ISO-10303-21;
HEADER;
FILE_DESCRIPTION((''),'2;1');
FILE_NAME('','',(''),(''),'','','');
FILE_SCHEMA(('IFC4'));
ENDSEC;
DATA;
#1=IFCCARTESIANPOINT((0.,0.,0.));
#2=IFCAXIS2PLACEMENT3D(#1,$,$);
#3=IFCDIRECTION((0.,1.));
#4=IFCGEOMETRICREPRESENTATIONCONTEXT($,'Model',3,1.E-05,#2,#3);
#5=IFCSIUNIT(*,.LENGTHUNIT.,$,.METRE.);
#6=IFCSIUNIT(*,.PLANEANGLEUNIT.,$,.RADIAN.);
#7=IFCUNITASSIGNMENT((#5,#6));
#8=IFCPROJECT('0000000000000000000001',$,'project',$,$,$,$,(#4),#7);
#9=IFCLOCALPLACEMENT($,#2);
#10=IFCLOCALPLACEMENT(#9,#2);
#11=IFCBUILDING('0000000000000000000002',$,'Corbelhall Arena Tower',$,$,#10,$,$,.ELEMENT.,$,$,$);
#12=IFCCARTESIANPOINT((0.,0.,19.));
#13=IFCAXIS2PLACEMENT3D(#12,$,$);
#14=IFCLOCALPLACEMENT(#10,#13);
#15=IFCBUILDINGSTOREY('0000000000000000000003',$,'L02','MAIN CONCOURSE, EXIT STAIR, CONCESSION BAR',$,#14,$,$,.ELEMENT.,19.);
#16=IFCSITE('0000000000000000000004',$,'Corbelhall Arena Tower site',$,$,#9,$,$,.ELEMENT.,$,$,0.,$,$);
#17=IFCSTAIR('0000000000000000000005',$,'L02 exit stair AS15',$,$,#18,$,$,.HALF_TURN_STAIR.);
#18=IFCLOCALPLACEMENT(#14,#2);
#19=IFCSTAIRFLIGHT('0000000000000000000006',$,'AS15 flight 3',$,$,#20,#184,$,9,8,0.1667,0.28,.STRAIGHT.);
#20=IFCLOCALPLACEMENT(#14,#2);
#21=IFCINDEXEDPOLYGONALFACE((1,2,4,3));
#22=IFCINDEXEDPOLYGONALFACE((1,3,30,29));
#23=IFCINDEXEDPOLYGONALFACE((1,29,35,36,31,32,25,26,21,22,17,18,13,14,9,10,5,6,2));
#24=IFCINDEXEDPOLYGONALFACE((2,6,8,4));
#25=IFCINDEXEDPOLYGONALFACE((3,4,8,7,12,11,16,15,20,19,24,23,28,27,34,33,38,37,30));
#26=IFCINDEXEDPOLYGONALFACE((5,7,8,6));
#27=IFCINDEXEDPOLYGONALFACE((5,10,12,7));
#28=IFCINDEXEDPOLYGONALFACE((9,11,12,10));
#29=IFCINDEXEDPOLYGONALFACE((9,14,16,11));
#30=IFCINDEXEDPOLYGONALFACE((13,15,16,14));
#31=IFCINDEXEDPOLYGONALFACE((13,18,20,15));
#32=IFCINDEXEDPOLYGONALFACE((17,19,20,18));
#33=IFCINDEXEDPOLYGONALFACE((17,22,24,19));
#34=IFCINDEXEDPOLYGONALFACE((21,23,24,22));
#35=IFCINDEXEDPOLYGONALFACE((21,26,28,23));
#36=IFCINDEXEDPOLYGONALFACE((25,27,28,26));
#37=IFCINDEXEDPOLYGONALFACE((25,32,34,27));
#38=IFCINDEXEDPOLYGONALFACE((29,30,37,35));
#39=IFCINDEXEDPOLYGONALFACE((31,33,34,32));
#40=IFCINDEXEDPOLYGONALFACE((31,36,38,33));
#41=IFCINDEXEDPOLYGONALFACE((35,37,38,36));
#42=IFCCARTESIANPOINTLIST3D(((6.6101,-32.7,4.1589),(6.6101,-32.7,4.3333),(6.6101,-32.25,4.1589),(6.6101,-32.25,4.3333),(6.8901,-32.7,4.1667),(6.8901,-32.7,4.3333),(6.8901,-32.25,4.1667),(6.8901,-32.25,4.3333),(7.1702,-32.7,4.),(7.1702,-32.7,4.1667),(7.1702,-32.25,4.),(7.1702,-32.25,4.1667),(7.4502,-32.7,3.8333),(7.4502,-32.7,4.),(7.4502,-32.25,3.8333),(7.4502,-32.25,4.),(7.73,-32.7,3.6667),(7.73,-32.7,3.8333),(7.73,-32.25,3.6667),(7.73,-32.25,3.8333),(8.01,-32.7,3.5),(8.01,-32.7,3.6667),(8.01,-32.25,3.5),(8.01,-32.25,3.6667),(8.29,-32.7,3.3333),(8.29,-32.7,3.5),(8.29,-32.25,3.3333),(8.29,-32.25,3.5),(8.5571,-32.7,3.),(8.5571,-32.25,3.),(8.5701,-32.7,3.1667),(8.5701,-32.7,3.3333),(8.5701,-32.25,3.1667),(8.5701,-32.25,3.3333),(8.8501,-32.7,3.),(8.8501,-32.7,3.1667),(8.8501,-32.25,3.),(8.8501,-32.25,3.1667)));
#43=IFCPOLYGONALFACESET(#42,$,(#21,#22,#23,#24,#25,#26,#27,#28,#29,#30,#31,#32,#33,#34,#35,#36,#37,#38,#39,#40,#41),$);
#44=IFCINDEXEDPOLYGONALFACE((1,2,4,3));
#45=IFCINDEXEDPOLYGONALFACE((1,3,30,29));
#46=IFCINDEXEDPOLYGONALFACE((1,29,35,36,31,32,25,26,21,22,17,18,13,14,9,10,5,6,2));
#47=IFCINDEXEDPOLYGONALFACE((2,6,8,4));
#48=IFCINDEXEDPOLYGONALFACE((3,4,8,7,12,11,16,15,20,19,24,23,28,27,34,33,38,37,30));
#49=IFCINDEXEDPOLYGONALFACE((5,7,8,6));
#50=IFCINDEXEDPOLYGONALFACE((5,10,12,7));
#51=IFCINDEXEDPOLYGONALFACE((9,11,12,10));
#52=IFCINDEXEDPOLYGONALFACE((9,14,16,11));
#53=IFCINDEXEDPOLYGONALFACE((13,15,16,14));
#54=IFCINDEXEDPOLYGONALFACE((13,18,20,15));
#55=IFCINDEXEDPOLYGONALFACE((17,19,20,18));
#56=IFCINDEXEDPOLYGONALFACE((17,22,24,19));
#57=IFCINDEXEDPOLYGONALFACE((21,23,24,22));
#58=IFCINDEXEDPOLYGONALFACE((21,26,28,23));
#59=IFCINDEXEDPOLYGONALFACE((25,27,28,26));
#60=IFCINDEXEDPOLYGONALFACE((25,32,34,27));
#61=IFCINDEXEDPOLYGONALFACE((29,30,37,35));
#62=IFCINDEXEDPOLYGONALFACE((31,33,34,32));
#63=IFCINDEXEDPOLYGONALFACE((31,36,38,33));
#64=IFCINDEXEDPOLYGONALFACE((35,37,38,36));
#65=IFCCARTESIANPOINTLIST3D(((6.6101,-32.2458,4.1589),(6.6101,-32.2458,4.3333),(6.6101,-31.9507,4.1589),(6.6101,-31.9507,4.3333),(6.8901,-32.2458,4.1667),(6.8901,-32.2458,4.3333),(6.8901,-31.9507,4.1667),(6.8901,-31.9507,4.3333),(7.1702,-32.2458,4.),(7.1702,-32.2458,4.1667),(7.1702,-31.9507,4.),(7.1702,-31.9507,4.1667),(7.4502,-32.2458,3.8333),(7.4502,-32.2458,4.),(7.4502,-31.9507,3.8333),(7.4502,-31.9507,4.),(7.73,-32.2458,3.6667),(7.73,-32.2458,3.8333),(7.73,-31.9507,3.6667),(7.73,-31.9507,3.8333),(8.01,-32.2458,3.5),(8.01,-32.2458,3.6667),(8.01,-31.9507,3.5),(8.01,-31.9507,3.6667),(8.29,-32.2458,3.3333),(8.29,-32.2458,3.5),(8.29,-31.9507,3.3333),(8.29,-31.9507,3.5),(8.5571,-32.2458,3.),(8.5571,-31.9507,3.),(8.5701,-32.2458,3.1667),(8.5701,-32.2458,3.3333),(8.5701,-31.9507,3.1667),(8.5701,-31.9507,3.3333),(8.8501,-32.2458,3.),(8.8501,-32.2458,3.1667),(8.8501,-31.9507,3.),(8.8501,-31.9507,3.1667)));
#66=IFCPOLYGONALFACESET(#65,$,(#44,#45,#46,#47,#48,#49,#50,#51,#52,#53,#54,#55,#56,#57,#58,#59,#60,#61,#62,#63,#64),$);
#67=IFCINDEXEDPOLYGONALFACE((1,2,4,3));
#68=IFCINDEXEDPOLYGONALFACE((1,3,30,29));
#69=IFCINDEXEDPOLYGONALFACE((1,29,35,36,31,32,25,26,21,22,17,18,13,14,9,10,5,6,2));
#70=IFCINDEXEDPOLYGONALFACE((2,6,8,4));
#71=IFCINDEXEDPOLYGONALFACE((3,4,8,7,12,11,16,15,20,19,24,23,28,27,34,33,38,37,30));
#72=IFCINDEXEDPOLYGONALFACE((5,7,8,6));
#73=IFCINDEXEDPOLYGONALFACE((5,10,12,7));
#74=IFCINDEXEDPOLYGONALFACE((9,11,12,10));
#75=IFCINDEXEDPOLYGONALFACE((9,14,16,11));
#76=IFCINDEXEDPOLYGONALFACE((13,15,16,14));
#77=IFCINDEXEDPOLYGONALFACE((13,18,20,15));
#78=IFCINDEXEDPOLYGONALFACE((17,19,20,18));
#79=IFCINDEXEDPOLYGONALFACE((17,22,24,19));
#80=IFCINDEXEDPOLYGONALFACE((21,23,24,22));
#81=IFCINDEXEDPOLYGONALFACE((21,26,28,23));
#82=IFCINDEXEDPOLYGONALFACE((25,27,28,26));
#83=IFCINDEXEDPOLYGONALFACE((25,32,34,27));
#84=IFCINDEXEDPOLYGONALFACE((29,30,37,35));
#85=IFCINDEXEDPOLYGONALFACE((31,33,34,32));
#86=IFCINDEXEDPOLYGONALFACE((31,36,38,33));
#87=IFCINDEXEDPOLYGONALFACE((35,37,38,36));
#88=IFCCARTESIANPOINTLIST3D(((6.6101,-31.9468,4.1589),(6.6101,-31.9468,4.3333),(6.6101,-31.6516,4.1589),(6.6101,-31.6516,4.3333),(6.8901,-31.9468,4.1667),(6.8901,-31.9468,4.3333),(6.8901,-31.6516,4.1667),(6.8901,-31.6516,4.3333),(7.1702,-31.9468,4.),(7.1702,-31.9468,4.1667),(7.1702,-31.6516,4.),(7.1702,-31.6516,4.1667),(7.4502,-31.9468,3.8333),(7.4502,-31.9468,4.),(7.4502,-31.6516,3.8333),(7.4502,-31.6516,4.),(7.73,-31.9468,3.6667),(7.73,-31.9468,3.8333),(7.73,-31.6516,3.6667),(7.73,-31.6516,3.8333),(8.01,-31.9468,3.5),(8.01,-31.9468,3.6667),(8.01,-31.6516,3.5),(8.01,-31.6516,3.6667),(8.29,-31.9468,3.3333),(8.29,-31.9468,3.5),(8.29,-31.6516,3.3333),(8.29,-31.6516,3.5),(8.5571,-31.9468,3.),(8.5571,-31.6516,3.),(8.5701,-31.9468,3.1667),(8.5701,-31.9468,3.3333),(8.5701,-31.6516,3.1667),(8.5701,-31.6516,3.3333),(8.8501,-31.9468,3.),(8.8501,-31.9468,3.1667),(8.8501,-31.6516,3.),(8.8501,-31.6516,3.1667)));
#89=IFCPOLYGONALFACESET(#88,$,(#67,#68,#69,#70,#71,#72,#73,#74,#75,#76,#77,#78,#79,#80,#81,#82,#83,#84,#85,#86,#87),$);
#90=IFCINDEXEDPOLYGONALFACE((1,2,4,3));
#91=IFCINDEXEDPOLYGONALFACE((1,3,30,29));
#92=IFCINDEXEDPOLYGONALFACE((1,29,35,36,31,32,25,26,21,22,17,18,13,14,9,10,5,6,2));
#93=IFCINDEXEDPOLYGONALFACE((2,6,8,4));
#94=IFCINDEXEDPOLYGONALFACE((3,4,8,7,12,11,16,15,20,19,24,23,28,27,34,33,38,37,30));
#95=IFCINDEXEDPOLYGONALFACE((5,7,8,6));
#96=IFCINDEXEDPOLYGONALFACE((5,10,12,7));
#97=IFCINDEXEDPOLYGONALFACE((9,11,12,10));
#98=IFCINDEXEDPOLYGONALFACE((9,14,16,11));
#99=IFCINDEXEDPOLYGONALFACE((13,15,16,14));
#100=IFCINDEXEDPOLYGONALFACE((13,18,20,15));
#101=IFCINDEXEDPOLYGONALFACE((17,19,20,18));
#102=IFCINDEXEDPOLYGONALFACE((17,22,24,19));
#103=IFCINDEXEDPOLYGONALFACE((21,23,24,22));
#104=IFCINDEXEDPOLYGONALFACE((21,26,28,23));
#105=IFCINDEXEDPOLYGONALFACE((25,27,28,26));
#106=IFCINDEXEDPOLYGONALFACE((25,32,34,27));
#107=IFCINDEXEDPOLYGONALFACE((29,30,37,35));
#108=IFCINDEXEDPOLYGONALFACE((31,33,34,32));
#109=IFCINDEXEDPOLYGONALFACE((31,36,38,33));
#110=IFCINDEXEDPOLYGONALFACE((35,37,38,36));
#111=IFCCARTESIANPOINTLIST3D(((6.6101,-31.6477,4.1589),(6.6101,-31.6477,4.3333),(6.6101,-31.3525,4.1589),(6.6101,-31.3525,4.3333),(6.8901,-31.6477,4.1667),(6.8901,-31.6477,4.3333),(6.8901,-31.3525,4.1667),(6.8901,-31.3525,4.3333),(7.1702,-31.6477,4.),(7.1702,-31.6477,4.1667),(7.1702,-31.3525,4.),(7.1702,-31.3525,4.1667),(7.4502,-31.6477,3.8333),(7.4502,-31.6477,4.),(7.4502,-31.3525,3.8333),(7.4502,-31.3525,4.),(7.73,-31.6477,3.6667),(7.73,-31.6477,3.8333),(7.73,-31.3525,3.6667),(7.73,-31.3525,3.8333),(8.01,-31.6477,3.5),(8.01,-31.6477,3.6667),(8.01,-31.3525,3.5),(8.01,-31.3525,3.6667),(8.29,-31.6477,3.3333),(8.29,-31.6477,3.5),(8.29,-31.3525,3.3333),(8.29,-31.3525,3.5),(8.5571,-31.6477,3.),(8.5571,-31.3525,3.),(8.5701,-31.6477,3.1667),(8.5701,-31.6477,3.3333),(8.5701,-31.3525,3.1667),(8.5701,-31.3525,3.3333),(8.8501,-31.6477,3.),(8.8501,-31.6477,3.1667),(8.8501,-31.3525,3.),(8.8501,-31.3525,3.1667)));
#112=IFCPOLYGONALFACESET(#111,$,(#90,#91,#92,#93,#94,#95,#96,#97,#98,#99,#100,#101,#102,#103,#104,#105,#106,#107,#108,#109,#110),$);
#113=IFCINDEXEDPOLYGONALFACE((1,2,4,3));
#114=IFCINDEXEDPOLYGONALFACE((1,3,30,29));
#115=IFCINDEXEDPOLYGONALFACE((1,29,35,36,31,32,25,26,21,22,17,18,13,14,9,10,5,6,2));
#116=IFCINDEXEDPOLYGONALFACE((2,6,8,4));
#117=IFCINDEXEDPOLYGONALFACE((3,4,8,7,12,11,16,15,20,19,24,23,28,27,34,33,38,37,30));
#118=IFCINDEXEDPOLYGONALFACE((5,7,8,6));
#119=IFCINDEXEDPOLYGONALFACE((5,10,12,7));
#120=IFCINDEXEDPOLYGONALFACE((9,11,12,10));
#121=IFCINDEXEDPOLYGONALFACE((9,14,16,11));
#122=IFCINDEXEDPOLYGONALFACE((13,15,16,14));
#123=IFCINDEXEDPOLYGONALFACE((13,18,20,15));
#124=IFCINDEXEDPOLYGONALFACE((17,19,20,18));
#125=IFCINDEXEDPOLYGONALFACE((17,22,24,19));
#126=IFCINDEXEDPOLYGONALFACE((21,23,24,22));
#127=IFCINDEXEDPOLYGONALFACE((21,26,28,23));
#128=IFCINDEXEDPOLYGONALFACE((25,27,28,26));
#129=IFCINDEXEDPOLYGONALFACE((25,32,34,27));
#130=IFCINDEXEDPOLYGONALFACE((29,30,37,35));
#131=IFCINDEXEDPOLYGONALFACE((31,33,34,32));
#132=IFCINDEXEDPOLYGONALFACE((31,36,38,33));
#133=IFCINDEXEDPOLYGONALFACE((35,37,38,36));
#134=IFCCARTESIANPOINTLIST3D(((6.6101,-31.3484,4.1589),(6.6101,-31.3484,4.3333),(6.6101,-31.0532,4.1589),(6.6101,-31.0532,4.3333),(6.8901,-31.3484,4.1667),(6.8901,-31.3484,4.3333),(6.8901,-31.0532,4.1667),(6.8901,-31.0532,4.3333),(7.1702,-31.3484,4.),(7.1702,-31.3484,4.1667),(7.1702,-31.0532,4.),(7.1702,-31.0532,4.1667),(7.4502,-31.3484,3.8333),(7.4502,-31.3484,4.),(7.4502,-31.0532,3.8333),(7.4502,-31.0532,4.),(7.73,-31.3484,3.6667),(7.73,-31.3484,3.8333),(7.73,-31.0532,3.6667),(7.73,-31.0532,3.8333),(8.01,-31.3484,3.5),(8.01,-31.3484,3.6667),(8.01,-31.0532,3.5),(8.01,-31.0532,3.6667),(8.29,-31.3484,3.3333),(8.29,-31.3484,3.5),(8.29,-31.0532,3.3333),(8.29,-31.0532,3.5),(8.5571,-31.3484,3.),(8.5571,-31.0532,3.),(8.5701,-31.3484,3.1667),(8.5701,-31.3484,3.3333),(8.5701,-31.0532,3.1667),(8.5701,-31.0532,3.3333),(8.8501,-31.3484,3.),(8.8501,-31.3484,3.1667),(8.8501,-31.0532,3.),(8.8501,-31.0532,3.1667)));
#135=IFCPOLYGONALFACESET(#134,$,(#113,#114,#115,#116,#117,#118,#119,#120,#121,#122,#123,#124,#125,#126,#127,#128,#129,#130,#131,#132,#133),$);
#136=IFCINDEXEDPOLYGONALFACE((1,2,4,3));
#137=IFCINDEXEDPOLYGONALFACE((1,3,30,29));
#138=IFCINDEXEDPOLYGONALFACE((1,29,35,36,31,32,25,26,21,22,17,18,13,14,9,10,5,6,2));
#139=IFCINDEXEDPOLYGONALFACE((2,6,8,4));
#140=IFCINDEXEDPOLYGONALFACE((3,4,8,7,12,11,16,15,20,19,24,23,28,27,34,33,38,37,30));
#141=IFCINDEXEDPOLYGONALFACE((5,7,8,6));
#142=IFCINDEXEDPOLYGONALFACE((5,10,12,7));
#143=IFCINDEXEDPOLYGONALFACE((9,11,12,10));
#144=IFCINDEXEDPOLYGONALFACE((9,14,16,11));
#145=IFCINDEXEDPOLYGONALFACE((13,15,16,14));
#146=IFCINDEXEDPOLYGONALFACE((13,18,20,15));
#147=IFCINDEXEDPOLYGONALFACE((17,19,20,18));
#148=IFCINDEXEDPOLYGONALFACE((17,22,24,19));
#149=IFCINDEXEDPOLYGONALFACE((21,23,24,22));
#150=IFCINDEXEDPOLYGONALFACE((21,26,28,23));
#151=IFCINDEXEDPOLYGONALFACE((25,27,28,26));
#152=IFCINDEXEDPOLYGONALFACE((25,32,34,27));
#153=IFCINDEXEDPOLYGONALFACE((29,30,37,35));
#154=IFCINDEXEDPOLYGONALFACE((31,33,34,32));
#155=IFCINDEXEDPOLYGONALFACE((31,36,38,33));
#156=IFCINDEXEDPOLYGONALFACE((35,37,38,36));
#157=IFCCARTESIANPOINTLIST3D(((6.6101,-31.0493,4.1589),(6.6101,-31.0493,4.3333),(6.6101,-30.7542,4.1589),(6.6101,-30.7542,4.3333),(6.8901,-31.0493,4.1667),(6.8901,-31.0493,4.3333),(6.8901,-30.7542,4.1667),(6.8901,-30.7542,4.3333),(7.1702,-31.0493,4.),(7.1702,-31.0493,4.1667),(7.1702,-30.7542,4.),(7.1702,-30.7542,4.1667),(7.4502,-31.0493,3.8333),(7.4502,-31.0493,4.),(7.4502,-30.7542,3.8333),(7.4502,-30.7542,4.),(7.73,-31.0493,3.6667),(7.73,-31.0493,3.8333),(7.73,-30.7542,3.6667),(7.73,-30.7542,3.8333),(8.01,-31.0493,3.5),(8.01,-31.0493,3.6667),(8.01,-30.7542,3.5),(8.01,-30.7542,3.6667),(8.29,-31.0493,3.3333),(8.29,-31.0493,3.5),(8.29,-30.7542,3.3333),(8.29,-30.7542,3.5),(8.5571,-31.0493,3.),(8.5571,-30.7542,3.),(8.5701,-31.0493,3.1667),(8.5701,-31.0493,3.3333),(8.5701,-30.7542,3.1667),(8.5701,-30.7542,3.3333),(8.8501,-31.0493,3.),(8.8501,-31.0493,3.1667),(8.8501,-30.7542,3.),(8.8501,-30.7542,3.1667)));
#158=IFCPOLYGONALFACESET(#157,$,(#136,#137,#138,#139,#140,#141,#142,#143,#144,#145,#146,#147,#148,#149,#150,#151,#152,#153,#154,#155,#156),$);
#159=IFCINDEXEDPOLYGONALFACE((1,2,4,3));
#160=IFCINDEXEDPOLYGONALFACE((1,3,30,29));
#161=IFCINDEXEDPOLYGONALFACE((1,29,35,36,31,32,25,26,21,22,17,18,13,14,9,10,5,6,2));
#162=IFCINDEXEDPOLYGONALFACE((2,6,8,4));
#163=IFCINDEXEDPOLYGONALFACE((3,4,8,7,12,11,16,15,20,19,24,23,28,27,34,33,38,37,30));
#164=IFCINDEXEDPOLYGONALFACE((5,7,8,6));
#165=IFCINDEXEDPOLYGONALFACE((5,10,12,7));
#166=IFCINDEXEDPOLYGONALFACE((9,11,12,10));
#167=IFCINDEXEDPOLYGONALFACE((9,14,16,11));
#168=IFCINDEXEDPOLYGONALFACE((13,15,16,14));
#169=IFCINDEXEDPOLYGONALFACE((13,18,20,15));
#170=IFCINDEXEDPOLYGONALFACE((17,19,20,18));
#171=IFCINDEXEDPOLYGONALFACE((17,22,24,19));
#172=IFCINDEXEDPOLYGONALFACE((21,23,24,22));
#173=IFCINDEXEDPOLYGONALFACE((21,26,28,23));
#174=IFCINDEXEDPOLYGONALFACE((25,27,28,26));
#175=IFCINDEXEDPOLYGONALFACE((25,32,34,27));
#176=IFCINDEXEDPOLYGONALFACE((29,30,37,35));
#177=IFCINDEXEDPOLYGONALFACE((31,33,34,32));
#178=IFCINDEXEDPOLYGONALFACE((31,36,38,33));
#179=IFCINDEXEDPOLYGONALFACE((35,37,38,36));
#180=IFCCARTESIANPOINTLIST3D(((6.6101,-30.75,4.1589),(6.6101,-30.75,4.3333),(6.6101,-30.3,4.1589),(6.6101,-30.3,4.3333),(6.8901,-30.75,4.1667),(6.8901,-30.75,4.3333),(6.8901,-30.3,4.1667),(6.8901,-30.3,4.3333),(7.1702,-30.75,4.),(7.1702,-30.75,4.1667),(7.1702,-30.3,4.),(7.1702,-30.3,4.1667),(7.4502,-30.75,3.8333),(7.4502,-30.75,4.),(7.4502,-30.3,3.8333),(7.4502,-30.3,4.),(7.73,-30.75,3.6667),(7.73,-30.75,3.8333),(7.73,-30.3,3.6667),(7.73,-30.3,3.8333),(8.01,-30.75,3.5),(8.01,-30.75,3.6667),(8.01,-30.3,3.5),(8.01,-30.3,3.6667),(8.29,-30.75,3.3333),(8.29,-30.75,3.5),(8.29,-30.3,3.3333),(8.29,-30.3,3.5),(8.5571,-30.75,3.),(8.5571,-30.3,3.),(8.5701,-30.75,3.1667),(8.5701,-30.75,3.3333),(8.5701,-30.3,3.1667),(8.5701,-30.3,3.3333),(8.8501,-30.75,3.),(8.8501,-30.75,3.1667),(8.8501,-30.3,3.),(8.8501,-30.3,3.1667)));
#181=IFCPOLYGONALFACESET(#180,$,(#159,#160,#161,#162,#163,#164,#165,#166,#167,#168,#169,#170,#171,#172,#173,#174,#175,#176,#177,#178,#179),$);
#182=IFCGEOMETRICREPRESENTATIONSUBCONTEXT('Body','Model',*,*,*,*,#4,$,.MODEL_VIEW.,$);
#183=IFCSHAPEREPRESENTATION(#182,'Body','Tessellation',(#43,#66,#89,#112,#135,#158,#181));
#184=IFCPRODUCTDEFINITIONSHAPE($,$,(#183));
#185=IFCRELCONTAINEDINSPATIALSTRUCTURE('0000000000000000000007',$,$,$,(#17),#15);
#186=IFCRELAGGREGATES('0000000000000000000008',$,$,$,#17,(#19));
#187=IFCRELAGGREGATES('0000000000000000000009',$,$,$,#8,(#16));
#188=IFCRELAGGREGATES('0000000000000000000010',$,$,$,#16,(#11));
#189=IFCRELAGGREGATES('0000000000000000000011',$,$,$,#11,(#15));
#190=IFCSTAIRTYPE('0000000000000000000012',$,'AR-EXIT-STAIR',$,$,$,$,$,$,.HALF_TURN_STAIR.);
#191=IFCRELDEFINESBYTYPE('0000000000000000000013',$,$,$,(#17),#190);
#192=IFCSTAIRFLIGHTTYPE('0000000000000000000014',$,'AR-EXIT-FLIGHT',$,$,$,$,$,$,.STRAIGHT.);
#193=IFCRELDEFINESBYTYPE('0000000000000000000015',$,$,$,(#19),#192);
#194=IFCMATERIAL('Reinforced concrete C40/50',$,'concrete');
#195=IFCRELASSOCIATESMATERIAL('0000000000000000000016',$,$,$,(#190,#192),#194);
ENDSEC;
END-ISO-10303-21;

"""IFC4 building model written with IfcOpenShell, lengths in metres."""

from ifc_helpers import new_model, si_unit, direction, frame, origin, place, context, subcontext, project, spatial, polyline, outline, extrude, material, type_object, element, aggregate, save


model = new_model("IFC4")

# Units and contexts
model_context = context("Model", 3, precision=1e-05, world=origin(), true_north=direction((0.0, 1.0)))
body_context = subcontext(model_context, "Body", "Model", "MODEL_VIEW")
ifc_project = project(units=[si_unit("LENGTHUNIT", "METRE"), si_unit("PLANEANGLEUNIT", "RADIAN")], contexts=[model_context])

# Site, building, storey
site_placement = place(None, origin())
site = spatial("IfcSite", under=ifc_project, at=site_placement, Name="Corbelhall Arena Tower site", CompositionType="ELEMENT", RefElevation=0.0)
building_placement = place(site_placement, origin())
building = spatial("IfcBuilding", under=site, at=building_placement, Name="Corbelhall Arena Tower", CompositionType="ELEMENT")
storey_placement = place(building_placement, frame((0.0, 0.0, 19.0)))
storey = spatial("IfcBuildingStorey", under=building, at=storey_placement, Name="L02", Description="MAIN CONCOURSE, EXIT STAIR, CONCESSION BAR", CompositionType="ELEMENT", Elevation=19.0)

# Shared definitions
ifc_material_1 = material(Name="Reinforced concrete C40/50", Category="concrete")

# Stair, stair flight
stair_type = type_object("IfcStairType", Name="AR-EXIT-STAIR", PredefinedType="HALF_TURN_STAIR", material=ifc_material_1)
stair_1_placement = place(storey_placement, origin())
stair_1 = element("IfcStair", 1, at=stair_1_placement, inside=storey, type_object=stair_type, Name="L02 exit stair AS15", PredefinedType="HALF_TURN_STAIR")
stair_flight_type = type_object("IfcStairFlightType", Name="AR-EXIT-FLIGHT", PredefinedType="STRAIGHT", material=ifc_material_1)
stair_flight_1_placement = place(storey_placement, frame((8.8501, -31.5, 3.0), z_axis=(0.0, 0.0, 1.0), x_axis=(-1.0, 0.0, 0.0)))
stair_flight_1 = element("IfcStairFlight", 2, at=stair_flight_1_placement, type_object=stair_flight_type, Name="AS15 flight 3", NumberOfRisers=9, NumberOfTreads=8, PredefinedType="STRAIGHT", RiserHeight=0.1667, TreadLength=0.28, context=body_context, shape_type="SweptSolid", body=[
    extrude(outline(polyline([(0.0, 0.0), (0.0, 0.1667), (0.28, 0.1667), (0.28, 0.3333), (0.5601, 0.3333), (0.5601, 0.5), (0.8401, 0.5), (0.8401, 0.6667), (1.1201, 0.6667), (1.1201, 0.8333), (1.3999, 0.8333), (1.3999, 1.0), (1.6799, 1.0), (1.6799, 1.1667), (1.96, 1.1667), (1.96, 1.3333), (2.24, 1.3333), (2.24, 1.5), (2.24, 1.1589), (0.293, 0.0), (0.0, 0.0)])), frame((0.0, 1.2, 0.0), z_axis=(0.0, -1.0, 0.0), x_axis=(1.0, 0.0, 0.0)), (0.0, 0.0, 1.0), 0.45),
    extrude(outline(polyline([(0.0, 0.0), (0.0, 0.1667), (0.28, 0.1667), (0.28, 0.3333), (0.5601, 0.3333), (0.5601, 0.5), (0.8401, 0.5), (0.8401, 0.6667), (1.1201, 0.6667), (1.1201, 0.8333), (1.3999, 0.8333), (1.3999, 1.0), (1.6799, 1.0), (1.6799, 1.1667), (1.96, 1.1667), (1.96, 1.3333), (2.24, 1.3333), (2.24, 1.5), (2.24, 1.1589), (0.293, 0.0), (0.0, 0.0)])), frame((0.0, 0.7458, 0.0), z_axis=(0.0, -1.0, 0.0), x_axis=(1.0, 0.0, 0.0)), (0.0, 0.0, 1.0), 0.2952),
    extrude(outline(polyline([(0.0, 0.0), (0.0, 0.1667), (0.28, 0.1667), (0.28, 0.3333), (0.5601, 0.3333), (0.5601, 0.5), (0.8401, 0.5), (0.8401, 0.6667), (1.1201, 0.6667), (1.1201, 0.8333), (1.3999, 0.8333), (1.3999, 1.0), (1.6799, 1.0), (1.6799, 1.1667), (1.96, 1.1667), (1.96, 1.3333), (2.24, 1.3333), (2.24, 1.5), (2.24, 1.1589), (0.293, 0.0), (0.0, 0.0)])), frame((0.0, 0.4468, 0.0), z_axis=(0.0, -1.0, 0.0), x_axis=(1.0, 0.0, 0.0)), (0.0, 0.0, 1.0), 0.2952),
    extrude(outline(polyline([(0.0, 0.0), (0.0, 0.1667), (0.28, 0.1667), (0.28, 0.3333), (0.5601, 0.3333), (0.5601, 0.5), (0.8401, 0.5), (0.8401, 0.6667), (1.1201, 0.6667), (1.1201, 0.8333), (1.3999, 0.8333), (1.3999, 1.0), (1.6799, 1.0), (1.6799, 1.1667), (1.96, 1.1667), (1.96, 1.3333), (2.24, 1.3333), (2.24, 1.5), (2.24, 1.1589), (0.293, 0.0), (0.0, 0.0)])), frame((0.0, 0.1477, 0.0), z_axis=(0.0, -1.0, 0.0), x_axis=(1.0, 0.0, 0.0)), (0.0, 0.0, 1.0), 0.2952),
    extrude(outline(polyline([(0.0, 0.0), (0.0, 0.1667), (0.28, 0.1667), (0.28, 0.3333), (0.5601, 0.3333), (0.5601, 0.5), (0.8401, 0.5), (0.8401, 0.6667), (1.1201, 0.6667), (1.1201, 0.8333), (1.3999, 0.8333), (1.3999, 1.0), (1.6799, 1.0), (1.6799, 1.1667), (1.96, 1.1667), (1.96, 1.3333), (2.24, 1.3333), (2.24, 1.5), (2.24, 1.1589), (0.293, 0.0), (0.0, 0.0)])), frame((0.0, -0.1516, 0.0), z_axis=(0.0, -1.0, 0.0), x_axis=(1.0, 0.0, 0.0)), (0.0, 0.0, 1.0), 0.2952),
    extrude(outline(polyline([(0.0, 0.0), (0.0, 0.1667), (0.28, 0.1667), (0.28, 0.3333), (0.5601, 0.3333), (0.5601, 0.5), (0.8401, 0.5), (0.8401, 0.6667), (1.1201, 0.6667), (1.1201, 0.8333), (1.3999, 0.8333), (1.3999, 1.0), (1.6799, 1.0), (1.6799, 1.1667), (1.96, 1.1667), (1.96, 1.3333), (2.24, 1.3333), (2.24, 1.5), (2.24, 1.1589), (0.293, 0.0), (0.0, 0.0)])), frame((0.0, -0.4507, 0.0), z_axis=(0.0, -1.0, 0.0), x_axis=(1.0, 0.0, 0.0)), (0.0, 0.0, 1.0), 0.2952),
    extrude(outline(polyline([(0.0, 0.0), (0.0, 0.1667), (0.28, 0.1667), (0.28, 0.3333), (0.5601, 0.3333), (0.5601, 0.5), (0.8401, 0.5), (0.8401, 0.6667), (1.1201, 0.6667), (1.1201, 0.8333), (1.3999, 0.8333), (1.3999, 1.0), (1.6799, 1.0), (1.6799, 1.1667), (1.96, 1.1667), (1.96, 1.3333), (2.24, 1.3333), (2.24, 1.5), (2.24, 1.1589), (0.293, 0.0), (0.0, 0.0)])), frame((0.0, -0.75, 0.0), z_axis=(0.0, -1.0, 0.0), x_axis=(1.0, 0.0, 0.0)), (0.0, 0.0, 1.0), 0.45),
])
aggregate(stair_1, [stair_flight_1])

save(model, "model.ifc")
